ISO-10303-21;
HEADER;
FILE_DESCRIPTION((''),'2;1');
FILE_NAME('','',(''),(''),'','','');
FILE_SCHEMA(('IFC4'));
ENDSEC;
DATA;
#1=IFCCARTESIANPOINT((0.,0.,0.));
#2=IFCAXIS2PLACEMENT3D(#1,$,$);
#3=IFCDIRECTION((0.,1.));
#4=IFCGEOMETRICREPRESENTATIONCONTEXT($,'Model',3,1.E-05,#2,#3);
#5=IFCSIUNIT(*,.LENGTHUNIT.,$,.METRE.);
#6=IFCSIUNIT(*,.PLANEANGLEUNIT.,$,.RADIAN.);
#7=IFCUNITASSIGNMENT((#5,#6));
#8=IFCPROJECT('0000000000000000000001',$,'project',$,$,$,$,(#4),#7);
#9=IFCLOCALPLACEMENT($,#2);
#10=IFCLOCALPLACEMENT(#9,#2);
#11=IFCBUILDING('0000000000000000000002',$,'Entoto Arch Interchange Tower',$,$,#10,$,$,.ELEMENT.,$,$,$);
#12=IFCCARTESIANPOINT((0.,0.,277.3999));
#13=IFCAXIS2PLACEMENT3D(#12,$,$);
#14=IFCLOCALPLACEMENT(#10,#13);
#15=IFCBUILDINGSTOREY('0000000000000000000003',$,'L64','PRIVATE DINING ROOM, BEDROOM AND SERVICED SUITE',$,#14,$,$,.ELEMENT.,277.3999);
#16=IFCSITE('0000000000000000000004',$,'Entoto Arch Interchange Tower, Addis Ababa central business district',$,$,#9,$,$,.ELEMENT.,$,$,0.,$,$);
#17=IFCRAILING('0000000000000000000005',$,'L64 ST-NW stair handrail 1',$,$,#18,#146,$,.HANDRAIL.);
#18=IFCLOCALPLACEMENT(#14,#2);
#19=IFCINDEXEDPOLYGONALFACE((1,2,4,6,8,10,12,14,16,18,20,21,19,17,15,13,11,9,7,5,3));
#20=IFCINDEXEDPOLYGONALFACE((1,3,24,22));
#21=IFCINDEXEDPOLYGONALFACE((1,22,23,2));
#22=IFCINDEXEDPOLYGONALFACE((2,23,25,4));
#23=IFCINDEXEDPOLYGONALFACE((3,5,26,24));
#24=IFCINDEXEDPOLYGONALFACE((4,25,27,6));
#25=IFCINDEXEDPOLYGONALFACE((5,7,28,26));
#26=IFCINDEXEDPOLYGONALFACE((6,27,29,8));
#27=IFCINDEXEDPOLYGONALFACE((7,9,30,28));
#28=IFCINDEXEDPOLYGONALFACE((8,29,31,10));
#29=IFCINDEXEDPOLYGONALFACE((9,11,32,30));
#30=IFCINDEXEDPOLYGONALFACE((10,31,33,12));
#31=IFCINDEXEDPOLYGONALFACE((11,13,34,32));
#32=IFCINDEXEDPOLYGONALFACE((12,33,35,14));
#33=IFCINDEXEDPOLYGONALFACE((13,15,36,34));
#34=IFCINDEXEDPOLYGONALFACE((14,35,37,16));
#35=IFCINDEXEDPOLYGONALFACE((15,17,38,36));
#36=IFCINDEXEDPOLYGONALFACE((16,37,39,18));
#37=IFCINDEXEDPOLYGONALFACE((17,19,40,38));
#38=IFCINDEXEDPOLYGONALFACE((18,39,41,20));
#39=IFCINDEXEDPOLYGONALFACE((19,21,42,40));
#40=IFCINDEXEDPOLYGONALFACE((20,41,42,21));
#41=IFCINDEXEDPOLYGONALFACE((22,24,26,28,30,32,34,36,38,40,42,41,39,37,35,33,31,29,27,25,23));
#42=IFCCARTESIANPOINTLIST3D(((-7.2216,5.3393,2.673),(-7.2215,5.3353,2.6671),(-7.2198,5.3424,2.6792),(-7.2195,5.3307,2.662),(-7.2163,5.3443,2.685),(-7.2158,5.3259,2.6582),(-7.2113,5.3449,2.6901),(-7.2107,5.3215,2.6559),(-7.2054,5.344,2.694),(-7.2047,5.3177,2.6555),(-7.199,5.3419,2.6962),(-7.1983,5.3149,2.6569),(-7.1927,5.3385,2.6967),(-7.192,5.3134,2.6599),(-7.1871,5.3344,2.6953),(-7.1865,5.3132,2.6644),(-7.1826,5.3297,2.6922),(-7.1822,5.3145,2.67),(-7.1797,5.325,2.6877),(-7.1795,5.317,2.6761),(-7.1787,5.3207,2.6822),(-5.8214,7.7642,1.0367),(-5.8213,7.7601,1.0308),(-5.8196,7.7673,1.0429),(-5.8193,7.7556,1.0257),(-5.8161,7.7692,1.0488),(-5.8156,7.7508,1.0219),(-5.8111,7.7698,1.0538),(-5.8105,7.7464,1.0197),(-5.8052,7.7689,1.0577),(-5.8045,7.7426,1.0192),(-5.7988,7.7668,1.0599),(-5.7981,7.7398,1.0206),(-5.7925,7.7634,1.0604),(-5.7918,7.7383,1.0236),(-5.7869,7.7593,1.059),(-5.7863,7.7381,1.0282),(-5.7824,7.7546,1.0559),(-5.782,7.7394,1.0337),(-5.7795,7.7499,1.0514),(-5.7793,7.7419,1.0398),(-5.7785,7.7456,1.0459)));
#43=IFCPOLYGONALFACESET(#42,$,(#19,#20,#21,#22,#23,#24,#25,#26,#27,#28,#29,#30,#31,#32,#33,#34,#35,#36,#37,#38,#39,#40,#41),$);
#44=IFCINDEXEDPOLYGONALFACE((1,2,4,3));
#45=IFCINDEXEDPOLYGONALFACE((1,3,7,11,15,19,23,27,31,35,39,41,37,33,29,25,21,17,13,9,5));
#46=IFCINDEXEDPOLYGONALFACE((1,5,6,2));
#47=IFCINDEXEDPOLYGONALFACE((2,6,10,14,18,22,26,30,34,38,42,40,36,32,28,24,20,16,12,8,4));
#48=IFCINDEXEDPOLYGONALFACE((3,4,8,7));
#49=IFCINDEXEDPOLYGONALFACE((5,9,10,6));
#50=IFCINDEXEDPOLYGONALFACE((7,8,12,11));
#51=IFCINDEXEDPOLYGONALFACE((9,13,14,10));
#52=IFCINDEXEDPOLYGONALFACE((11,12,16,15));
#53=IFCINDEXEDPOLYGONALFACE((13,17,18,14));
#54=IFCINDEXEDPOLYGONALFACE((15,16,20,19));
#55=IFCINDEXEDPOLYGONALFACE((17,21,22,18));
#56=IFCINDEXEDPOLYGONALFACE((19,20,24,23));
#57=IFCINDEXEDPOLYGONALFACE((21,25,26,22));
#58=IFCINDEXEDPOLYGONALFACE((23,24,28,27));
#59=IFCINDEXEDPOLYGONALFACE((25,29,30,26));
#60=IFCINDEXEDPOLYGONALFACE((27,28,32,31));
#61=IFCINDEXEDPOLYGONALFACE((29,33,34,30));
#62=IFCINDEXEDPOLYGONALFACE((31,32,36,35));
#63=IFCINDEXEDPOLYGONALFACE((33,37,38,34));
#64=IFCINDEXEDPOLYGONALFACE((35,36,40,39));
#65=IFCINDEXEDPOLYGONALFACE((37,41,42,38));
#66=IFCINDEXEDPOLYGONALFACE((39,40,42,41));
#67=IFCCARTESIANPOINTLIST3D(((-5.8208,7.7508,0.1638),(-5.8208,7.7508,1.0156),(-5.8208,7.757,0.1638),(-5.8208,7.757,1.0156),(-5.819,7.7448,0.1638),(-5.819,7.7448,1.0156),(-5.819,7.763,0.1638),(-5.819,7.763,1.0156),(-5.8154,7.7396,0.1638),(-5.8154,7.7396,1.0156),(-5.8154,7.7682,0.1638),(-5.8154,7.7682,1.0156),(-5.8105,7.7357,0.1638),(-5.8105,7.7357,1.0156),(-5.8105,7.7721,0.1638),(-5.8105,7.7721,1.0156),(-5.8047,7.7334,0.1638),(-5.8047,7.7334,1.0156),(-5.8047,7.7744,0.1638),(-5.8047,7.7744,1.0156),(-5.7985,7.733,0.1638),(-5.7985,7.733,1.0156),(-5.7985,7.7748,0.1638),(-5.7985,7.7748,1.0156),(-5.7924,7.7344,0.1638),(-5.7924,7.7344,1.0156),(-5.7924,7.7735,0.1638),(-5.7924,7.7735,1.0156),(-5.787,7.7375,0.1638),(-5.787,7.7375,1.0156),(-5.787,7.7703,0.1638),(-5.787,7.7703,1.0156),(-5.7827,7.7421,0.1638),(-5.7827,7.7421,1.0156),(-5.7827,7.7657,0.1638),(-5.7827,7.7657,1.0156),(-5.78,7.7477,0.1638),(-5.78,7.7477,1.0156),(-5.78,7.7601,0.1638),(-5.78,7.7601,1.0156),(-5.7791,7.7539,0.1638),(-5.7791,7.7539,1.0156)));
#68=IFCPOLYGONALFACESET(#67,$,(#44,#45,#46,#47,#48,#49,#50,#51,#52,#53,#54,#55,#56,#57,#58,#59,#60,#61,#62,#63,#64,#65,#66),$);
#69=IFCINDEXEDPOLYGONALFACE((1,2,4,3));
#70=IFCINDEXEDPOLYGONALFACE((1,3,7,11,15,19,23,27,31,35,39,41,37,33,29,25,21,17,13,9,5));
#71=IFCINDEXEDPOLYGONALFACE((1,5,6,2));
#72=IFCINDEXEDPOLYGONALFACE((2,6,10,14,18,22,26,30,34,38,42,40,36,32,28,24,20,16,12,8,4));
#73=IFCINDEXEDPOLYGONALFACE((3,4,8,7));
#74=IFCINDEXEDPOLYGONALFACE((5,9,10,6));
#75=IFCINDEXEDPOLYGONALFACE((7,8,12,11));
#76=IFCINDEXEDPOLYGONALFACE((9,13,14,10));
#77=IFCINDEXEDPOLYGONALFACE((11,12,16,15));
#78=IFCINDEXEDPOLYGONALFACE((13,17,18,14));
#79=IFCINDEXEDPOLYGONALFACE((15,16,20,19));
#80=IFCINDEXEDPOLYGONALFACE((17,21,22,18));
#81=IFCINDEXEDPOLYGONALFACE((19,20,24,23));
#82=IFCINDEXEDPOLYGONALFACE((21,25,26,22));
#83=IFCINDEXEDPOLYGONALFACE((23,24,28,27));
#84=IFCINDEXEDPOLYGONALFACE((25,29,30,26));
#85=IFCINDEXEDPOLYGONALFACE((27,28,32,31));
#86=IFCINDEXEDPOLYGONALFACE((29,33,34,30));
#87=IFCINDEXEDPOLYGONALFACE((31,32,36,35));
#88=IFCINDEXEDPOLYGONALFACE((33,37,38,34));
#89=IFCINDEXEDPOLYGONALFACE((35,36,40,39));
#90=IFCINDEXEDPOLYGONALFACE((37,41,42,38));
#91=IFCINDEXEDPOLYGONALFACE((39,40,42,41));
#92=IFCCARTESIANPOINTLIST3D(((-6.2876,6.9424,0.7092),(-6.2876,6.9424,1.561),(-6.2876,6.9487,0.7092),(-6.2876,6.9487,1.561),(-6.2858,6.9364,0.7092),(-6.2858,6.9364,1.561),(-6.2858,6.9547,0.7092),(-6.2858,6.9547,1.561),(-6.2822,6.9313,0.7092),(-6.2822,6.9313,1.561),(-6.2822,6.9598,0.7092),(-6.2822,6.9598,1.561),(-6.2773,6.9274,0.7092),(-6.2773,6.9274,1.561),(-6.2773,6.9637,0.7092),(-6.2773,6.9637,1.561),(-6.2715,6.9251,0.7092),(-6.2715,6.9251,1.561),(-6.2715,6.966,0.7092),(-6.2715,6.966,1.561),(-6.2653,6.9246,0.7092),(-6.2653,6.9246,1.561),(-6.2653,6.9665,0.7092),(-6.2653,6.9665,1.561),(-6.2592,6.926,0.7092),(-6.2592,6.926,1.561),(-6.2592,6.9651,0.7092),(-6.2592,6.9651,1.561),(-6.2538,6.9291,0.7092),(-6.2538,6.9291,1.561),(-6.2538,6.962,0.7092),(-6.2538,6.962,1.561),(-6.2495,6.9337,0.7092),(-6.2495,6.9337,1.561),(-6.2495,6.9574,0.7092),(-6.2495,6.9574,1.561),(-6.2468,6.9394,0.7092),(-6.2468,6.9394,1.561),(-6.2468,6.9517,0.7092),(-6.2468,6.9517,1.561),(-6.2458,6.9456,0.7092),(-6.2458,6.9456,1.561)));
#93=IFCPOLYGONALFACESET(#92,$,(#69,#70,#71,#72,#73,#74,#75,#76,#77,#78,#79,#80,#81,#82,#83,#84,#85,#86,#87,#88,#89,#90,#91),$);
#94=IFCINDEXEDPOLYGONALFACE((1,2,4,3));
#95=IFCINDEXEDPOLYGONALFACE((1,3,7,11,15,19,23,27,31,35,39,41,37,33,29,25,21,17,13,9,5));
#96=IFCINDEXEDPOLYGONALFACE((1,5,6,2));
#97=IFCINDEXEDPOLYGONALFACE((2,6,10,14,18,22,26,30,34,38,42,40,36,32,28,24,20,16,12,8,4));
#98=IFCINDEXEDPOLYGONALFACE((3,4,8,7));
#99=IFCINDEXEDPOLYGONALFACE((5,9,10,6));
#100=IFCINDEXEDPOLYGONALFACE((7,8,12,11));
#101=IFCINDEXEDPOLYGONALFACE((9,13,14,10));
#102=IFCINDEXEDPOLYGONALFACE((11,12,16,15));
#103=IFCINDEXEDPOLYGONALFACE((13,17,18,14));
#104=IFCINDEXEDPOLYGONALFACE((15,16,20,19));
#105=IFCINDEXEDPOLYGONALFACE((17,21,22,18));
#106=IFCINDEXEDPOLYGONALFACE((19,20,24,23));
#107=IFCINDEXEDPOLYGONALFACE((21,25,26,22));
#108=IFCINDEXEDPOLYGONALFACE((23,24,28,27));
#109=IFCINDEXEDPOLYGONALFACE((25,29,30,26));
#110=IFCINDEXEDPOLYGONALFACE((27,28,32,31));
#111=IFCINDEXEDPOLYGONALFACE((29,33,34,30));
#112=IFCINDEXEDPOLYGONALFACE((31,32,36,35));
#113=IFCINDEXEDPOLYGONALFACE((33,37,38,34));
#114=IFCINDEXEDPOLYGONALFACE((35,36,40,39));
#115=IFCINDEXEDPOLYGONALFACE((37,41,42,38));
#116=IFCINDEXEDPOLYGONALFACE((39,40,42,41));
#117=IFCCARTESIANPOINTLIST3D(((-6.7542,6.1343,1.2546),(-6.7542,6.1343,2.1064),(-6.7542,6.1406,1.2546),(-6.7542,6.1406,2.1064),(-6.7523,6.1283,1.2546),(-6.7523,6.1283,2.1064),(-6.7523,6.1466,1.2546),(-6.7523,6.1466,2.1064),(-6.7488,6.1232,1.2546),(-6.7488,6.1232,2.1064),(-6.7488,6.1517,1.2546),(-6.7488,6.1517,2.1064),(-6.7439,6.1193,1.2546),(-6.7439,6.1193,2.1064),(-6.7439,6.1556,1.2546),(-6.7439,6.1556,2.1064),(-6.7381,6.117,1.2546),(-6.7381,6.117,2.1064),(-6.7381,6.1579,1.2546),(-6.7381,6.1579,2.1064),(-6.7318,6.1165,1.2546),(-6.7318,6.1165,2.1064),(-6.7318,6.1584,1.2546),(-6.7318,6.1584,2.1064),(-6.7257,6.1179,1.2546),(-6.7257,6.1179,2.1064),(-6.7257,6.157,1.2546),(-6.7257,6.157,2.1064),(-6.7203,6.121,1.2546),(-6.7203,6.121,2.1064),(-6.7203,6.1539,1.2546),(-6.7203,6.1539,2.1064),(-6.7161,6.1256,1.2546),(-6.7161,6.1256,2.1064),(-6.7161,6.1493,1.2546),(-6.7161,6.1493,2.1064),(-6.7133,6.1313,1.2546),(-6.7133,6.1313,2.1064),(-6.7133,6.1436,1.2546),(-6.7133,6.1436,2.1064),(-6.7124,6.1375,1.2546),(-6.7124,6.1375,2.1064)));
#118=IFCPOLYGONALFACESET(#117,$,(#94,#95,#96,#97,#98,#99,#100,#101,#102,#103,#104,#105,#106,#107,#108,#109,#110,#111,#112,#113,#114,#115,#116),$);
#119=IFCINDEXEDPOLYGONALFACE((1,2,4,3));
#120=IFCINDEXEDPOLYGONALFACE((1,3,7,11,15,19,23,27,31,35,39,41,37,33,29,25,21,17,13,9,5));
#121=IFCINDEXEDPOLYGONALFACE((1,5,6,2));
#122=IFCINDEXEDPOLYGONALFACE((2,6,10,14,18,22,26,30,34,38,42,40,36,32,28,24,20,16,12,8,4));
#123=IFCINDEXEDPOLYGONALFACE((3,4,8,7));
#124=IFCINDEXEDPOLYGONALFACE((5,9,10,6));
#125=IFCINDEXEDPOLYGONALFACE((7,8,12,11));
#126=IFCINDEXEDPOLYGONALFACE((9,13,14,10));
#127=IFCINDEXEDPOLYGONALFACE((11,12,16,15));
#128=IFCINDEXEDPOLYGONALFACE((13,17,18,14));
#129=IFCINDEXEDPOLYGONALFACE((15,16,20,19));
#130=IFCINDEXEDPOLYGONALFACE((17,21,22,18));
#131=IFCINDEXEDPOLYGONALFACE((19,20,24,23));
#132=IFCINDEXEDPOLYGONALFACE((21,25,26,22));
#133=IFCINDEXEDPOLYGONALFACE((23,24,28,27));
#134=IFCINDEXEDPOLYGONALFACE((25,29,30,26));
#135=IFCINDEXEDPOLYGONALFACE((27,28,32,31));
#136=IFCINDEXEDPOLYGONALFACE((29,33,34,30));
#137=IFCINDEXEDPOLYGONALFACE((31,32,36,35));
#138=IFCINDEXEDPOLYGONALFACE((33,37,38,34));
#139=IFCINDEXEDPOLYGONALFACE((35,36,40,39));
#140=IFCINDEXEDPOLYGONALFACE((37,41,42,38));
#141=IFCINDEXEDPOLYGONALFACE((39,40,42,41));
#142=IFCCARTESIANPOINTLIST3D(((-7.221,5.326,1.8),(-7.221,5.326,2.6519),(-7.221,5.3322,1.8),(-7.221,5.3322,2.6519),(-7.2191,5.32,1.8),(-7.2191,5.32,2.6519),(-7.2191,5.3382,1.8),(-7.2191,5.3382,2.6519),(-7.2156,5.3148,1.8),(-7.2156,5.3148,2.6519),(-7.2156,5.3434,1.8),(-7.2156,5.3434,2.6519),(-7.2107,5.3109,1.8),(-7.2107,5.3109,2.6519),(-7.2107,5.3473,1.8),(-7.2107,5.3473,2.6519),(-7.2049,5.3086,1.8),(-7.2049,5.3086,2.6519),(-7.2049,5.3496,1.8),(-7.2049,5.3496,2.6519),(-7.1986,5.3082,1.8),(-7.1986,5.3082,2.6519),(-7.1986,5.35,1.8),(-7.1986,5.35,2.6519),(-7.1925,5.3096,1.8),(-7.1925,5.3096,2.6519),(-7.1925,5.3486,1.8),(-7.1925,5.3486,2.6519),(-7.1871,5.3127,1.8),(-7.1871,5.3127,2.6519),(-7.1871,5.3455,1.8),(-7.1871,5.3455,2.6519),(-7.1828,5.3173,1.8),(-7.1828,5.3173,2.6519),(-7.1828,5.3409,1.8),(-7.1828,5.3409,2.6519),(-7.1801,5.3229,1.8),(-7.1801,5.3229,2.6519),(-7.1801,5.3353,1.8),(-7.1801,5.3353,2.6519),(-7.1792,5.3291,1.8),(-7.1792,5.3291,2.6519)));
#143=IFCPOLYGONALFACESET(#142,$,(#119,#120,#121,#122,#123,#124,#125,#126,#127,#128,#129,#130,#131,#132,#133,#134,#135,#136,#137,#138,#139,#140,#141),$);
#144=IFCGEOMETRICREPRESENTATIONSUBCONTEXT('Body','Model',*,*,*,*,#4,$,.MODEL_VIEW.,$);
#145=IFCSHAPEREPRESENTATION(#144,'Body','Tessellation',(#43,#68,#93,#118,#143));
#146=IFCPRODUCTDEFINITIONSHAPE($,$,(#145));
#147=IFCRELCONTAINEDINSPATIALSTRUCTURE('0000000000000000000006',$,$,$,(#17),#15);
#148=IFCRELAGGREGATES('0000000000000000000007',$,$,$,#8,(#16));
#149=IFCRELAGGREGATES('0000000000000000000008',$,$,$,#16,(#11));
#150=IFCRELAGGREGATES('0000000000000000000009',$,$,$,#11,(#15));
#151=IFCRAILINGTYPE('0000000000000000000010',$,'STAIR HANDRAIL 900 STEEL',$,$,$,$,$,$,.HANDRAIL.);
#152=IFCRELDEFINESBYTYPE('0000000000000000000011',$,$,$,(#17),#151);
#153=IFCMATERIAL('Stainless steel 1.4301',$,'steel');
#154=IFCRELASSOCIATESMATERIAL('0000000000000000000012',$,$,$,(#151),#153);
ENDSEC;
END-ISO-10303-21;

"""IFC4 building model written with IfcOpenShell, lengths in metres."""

from ifc_helpers import new_model, si_unit, direction, frame, origin, origin_2d, place, context, subcontext, project, spatial, circle, extrude, material, type_object, element, save


model = new_model("IFC4")

# Units and contexts
model_context = context("Model", 3, precision=1e-05, world=origin(), true_north=direction((0.0, 1.0)))
body_context = subcontext(model_context, "Body", "Model", "MODEL_VIEW")
ifc_project = project(units=[si_unit("LENGTHUNIT", "METRE"), si_unit("PLANEANGLEUNIT", "RADIAN")], contexts=[model_context])

# Site, building, storey
site_placement = place(None, origin())
site = spatial("IfcSite", under=ifc_project, at=site_placement, Name="Entoto Arch Interchange Tower, Addis Ababa central business district", CompositionType="ELEMENT", RefElevation=0.0)
building_placement = place(site_placement, origin())
building = spatial("IfcBuilding", under=site, at=building_placement, Name="Entoto Arch Interchange Tower", CompositionType="ELEMENT")
storey_placement = place(building_placement, frame((0.0, 0.0, 277.3999)))
storey = spatial("IfcBuildingStorey", under=building, at=storey_placement, Name="L64", Description="PRIVATE DINING ROOM, BEDROOM AND SERVICED SUITE", CompositionType="ELEMENT", Elevation=277.3999)

# Railing
ifc_material_1 = material(Name="Stainless steel 1.4301", Category="steel")
railing_type_1 = type_object("IfcRailingType", Name="STAIR HANDRAIL 900 STEEL", PredefinedType="HANDRAIL", material=ifc_material_1)
railing_1_placement = place(storey_placement, frame((-5.8, 7.7539, 0.1638)))
element("IfcRailing", 1, at=railing_1_placement, inside=storey, type_object=railing_type_1, Name="L64 ST-NW stair handrail 1", PredefinedType="HANDRAIL", context=body_context, shape_type="SweptSolid", body=[
    extrude(circle(Radius=0.0239, at=origin_2d()), frame((0.0, 0.0, 0.876), z_axis=(-0.431738, -0.747694, 0.504535), x_axis=(0.865997, -0.50005, 0.0)), (0.0, 0.0, 1.0), 3.2432),
    extrude(circle(Radius=0.021, at=origin_2d()), origin(), (0.0, 0.0, 1.0), 0.8518),
    extrude(circle(Radius=0.021, at=origin_2d()), frame((-0.4668, -0.8083, 0.5454)), (0.0, 0.0, 1.0), 0.8518),
    extrude(circle(Radius=0.021, at=origin_2d()), frame((-0.9333, -1.6165, 1.0908)), (0.0, 0.0, 1.0), 0.8518),
    extrude(circle(Radius=0.021, at=origin_2d()), frame((-1.4001, -2.4248, 1.6362)), (0.0, 0.0, 1.0), 0.8518),
])

save(model, "model.ifc")
